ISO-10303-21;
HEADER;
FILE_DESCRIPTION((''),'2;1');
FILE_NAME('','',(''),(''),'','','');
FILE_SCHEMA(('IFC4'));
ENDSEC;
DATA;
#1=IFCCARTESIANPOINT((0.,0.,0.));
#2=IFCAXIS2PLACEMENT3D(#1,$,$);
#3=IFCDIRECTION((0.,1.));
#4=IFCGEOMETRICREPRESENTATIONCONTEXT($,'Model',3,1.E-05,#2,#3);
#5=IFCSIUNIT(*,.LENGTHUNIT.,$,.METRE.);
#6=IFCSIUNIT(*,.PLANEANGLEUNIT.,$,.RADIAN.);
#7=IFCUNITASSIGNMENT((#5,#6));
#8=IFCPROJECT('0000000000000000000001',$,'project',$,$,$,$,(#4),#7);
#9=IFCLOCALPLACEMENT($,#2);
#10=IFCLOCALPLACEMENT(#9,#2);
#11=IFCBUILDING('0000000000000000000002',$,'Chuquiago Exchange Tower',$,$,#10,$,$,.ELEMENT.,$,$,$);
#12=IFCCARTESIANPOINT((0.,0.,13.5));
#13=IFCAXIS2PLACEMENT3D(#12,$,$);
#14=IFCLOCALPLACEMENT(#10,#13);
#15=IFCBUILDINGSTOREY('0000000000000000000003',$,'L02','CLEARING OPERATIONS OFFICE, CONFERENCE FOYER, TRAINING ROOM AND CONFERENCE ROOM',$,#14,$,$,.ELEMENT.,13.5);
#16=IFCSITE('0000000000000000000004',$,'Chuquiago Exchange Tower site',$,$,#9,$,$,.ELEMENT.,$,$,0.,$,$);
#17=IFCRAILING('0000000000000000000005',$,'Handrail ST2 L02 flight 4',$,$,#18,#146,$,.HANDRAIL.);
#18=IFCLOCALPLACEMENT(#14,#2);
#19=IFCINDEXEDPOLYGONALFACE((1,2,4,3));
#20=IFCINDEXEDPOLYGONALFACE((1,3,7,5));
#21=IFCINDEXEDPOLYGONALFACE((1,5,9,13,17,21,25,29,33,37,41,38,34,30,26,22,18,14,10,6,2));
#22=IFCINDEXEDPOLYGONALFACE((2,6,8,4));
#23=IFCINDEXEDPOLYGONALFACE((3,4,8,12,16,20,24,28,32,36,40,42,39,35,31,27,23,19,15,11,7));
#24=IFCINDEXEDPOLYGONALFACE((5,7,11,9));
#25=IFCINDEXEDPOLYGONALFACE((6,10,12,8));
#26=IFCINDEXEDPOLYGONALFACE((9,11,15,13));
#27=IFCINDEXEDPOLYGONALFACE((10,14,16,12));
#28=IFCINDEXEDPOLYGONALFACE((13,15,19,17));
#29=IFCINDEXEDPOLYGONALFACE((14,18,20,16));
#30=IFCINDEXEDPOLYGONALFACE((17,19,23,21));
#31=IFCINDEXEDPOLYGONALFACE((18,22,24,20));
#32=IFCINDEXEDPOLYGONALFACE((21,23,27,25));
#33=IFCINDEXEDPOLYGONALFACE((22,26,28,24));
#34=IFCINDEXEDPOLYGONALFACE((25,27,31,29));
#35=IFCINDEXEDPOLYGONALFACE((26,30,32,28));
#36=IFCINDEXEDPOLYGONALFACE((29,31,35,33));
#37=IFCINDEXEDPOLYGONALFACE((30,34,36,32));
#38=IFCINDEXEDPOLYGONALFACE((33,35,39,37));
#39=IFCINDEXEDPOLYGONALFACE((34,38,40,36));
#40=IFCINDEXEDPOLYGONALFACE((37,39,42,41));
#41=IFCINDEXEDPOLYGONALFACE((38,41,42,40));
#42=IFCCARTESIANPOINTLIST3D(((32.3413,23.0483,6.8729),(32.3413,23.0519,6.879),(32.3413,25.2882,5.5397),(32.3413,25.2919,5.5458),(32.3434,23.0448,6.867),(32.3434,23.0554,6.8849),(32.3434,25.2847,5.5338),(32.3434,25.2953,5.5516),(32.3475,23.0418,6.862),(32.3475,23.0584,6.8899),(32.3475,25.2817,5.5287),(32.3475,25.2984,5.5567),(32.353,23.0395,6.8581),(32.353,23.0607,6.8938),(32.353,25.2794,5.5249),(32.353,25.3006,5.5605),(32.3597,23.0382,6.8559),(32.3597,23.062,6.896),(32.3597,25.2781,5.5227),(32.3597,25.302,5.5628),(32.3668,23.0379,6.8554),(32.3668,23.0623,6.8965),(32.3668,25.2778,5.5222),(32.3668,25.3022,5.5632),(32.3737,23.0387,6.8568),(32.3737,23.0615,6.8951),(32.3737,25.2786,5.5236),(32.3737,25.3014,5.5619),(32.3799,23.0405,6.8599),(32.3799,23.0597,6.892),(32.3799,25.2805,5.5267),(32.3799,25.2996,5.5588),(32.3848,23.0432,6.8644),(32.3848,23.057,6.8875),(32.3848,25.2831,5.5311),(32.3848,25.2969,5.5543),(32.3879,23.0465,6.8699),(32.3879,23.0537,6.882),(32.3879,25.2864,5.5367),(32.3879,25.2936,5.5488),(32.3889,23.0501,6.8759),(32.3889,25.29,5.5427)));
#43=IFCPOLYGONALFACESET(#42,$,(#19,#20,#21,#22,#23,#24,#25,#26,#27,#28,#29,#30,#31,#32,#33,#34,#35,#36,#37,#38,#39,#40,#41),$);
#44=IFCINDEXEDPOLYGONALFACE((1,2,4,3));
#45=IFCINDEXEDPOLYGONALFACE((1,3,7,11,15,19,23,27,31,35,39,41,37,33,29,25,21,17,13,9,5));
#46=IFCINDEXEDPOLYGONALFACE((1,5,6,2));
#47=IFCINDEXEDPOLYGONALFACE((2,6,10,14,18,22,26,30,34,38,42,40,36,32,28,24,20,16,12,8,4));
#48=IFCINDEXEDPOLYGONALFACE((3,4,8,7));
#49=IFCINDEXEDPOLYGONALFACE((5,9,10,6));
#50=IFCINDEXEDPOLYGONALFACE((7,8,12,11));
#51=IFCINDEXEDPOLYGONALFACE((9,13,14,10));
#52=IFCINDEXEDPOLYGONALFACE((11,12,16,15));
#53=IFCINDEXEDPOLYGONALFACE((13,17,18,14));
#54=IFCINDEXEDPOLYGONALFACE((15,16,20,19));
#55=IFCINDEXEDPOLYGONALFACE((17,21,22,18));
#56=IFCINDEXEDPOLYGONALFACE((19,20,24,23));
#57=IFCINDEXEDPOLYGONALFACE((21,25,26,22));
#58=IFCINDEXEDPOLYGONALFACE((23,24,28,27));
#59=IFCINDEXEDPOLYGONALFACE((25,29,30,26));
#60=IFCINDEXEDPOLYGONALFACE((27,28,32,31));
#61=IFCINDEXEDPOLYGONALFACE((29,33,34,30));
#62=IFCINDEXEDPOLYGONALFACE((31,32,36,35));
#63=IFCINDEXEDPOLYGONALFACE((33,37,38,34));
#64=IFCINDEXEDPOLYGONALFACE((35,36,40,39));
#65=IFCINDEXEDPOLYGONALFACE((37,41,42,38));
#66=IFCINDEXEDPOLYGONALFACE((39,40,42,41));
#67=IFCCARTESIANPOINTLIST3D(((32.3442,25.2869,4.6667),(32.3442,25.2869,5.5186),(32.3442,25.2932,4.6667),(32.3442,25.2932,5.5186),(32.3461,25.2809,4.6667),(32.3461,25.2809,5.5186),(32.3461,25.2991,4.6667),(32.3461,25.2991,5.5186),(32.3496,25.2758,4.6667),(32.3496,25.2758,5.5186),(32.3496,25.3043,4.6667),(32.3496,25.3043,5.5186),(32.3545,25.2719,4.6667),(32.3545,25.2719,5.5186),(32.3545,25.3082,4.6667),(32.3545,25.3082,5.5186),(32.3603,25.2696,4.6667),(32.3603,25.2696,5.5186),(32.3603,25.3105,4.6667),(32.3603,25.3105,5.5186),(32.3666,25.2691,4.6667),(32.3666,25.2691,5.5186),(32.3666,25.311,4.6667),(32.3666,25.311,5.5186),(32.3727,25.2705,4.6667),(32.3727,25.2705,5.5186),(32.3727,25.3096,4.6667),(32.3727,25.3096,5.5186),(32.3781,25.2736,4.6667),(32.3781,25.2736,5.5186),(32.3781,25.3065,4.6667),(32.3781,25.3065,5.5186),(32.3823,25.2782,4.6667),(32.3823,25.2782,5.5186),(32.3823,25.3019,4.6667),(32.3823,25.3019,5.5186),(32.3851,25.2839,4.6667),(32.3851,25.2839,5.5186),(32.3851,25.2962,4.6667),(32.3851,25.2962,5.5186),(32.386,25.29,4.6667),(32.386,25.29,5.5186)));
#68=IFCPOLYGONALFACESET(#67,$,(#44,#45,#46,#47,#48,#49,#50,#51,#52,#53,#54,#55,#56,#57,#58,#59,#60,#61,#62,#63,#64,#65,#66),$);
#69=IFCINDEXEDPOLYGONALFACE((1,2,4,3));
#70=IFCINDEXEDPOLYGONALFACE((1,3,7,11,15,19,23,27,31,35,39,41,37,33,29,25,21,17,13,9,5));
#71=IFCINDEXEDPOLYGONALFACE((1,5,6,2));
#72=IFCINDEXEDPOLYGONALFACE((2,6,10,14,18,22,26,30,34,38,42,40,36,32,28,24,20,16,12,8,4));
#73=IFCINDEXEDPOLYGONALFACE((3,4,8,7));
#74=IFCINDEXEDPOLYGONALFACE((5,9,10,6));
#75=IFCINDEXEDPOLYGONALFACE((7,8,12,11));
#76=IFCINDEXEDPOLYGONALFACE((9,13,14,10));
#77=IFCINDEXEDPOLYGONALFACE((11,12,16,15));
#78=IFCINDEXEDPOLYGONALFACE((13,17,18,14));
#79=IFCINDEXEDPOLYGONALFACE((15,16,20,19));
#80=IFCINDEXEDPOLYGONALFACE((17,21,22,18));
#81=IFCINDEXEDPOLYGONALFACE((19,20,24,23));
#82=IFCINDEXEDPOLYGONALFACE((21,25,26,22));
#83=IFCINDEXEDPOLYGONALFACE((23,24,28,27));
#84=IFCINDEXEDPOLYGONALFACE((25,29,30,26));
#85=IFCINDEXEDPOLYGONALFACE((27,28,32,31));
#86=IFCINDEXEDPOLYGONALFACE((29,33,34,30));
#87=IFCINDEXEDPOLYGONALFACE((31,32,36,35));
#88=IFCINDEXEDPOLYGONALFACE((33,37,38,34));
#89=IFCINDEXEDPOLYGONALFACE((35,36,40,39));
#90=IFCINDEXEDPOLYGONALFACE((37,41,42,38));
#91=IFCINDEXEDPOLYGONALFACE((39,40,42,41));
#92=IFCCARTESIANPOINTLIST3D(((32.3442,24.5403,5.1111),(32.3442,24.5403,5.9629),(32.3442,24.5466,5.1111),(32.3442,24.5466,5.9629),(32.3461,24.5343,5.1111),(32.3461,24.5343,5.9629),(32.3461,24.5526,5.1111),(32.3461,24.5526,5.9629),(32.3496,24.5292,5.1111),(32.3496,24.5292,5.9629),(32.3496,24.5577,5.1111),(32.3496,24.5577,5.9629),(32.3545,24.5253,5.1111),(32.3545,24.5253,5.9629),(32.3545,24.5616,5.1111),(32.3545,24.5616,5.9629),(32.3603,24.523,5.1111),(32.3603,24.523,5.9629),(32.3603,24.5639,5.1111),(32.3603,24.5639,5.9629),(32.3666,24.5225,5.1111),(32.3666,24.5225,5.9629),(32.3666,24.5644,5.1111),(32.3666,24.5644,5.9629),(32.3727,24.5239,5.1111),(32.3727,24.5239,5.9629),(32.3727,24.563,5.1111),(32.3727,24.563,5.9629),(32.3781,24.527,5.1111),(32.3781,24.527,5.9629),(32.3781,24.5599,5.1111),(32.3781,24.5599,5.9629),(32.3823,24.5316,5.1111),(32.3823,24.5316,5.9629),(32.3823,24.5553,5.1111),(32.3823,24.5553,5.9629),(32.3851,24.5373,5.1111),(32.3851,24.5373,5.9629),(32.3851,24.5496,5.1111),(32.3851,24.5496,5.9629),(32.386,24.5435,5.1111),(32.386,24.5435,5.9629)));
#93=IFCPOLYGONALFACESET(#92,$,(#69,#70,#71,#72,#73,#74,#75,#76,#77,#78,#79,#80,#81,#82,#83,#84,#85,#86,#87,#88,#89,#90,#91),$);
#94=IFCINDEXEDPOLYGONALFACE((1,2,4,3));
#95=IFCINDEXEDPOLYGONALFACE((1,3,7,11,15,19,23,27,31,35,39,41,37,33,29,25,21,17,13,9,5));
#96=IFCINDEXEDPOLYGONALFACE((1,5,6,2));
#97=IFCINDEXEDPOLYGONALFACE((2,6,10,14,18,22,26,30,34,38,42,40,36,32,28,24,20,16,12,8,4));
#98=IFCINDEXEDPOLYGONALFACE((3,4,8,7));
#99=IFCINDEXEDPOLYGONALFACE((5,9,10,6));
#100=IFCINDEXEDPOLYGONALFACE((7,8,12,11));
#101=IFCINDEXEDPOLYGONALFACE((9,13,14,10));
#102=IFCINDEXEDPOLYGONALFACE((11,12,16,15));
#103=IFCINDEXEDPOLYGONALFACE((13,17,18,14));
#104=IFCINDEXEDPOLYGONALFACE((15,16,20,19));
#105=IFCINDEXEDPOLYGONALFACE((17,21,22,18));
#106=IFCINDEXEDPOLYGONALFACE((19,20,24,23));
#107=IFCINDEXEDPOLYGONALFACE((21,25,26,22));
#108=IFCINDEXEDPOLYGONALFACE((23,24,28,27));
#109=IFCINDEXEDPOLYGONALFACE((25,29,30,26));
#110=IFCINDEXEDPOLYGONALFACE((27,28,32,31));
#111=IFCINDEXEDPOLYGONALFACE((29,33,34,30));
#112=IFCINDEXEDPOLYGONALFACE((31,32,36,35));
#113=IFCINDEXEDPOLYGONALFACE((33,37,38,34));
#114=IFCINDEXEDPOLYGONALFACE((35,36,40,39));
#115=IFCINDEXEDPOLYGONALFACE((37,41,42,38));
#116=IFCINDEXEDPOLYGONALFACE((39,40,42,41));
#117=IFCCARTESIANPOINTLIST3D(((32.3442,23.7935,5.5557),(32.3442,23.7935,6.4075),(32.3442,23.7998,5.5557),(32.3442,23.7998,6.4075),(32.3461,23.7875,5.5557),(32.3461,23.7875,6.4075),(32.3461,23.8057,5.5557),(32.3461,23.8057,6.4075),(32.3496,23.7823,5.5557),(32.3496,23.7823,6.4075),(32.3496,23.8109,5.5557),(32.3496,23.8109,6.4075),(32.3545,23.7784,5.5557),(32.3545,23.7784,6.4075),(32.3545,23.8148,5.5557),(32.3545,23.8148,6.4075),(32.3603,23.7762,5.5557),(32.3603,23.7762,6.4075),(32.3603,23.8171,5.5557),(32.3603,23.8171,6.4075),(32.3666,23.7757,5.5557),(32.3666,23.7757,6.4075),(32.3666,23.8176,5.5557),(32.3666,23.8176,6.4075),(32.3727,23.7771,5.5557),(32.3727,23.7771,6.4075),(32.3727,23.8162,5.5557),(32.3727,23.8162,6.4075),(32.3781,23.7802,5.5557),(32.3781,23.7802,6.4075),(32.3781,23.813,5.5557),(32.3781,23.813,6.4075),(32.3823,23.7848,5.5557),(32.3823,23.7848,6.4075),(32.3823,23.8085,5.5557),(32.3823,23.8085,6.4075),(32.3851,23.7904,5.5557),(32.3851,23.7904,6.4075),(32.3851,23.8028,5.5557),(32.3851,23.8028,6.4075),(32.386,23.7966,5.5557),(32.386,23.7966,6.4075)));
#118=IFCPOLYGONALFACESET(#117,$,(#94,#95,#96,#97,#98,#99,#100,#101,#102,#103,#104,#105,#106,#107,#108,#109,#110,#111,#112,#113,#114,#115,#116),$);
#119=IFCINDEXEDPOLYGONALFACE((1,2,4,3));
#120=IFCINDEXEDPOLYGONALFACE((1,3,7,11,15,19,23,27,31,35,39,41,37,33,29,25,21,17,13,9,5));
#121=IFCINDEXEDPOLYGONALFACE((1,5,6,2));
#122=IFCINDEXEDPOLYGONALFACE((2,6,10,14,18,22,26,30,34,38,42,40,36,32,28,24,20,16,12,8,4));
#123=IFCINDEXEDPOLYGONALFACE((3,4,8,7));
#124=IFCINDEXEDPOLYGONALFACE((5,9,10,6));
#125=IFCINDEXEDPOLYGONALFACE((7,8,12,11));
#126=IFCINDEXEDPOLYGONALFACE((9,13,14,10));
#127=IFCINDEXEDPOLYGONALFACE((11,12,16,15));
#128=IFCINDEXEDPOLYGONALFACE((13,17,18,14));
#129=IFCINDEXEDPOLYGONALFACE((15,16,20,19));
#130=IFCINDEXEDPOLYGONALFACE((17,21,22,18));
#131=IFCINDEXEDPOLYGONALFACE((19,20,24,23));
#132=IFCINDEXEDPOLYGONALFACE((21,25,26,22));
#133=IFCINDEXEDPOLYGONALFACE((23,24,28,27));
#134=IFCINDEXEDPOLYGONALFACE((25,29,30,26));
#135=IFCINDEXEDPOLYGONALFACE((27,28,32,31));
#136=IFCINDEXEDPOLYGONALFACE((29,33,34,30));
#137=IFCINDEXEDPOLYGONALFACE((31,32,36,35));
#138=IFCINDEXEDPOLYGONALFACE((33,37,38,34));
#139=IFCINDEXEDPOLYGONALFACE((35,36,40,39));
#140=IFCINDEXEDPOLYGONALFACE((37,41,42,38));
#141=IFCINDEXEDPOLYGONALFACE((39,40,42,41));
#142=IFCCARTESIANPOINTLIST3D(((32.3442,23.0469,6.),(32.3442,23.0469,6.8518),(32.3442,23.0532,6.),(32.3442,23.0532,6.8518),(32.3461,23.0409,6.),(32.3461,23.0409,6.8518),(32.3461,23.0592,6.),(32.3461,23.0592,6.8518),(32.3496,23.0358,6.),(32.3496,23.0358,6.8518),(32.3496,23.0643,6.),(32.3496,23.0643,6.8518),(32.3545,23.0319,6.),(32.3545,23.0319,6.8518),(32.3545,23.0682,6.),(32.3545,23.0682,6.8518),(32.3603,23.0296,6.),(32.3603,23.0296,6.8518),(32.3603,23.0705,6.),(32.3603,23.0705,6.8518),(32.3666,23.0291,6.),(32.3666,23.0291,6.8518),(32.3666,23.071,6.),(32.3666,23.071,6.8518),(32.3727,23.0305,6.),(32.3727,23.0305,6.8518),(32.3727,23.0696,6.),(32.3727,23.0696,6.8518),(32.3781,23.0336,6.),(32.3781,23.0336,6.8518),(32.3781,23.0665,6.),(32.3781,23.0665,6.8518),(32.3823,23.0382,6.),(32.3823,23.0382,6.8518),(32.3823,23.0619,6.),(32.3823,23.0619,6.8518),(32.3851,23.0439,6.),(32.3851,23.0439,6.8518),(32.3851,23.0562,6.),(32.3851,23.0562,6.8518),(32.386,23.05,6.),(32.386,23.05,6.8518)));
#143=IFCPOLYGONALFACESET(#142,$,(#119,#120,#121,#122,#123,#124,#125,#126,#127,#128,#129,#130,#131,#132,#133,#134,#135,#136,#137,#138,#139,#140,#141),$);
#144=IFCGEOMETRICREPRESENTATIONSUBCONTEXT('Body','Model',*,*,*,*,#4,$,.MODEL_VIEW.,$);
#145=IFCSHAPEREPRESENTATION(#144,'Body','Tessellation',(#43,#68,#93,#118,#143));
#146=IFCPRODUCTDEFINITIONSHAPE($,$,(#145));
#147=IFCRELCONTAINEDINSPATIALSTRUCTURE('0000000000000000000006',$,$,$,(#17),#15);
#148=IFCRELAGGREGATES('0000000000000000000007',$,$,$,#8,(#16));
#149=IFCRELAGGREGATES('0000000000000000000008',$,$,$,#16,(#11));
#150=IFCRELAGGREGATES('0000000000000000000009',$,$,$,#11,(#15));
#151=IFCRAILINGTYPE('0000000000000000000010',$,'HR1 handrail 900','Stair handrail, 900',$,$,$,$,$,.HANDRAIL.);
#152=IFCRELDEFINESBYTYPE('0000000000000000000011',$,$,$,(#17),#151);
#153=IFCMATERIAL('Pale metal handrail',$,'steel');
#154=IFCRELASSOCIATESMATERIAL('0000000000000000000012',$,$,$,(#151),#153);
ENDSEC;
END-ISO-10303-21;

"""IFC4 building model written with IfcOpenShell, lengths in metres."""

from ifc_helpers import new_model, si_unit, direction, frame, origin, origin_2d, place, context, subcontext, project, spatial, circle, extrude, material, type_object, element, save


model = new_model("IFC4")

# Units and contexts
model_context = context("Model", 3, precision=1e-05, world=origin(), true_north=direction((0.0, 1.0)))
body_context = subcontext(model_context, "Body", "Model", "MODEL_VIEW")
ifc_project = project(units=[si_unit("LENGTHUNIT", "METRE"), si_unit("PLANEANGLEUNIT", "RADIAN")], contexts=[model_context])

# Site, building, storey
site_placement = place(None, origin())
site = spatial("IfcSite", under=ifc_project, at=site_placement, Name="Chuquiago Exchange Tower site", CompositionType="ELEMENT", RefElevation=0.0)
building_placement = place(site_placement, origin())
building = spatial("IfcBuilding", under=site, at=building_placement, Name="Chuquiago Exchange Tower", CompositionType="ELEMENT")
storey_placement = place(building_placement, frame((0.0, 0.0, 13.5)))
storey = spatial("IfcBuildingStorey", under=building, at=storey_placement, Name="L02", Description="CLEARING OPERATIONS OFFICE, CONFERENCE FOYER, TRAINING ROOM AND CONFERENCE ROOM", CompositionType="ELEMENT", Elevation=13.5)

# Railing
ifc_material_1 = material(Name="Pale metal handrail", Category="steel")
railing_type_1 = type_object("IfcRailingType", Name="HR1 handrail 900", Description="Stair handrail, 900", PredefinedType="HANDRAIL", material=ifc_material_1)
for number, where, name in (
    (1, (32.365, 25.29, 4.6667), "Handrail ST2 L02 flight 4"),
):
    element("IfcRailing", number, at=place(storey_placement, frame(where)), inside=storey, type_object=railing_type_1, Name=name, PredefinedType="HANDRAIL", context=body_context, shape_type="SweptSolid", body=[
        extrude(circle(Radius=0.0239, at=origin_2d()), frame((0.0, 0.0, 0.876), z_axis=(0.0, -0.859306, 0.511462), x_axis=(1.0, 0.0, 0.0)), (0.0, 0.0, 1.0), 2.6067),
        extrude(circle(Radius=0.021, at=origin_2d()), origin(), (0.0, 0.0, 1.0), 0.8518),
        extrude(circle(Radius=0.021, at=origin_2d()), frame((0.0, -0.7466, 0.4443)), (0.0, 0.0, 1.0), 0.8518),
        extrude(circle(Radius=0.021, at=origin_2d()), frame((0.0, -1.4934, 0.8889)), (0.0, 0.0, 1.0), 0.8518),
        extrude(circle(Radius=0.021, at=origin_2d()), frame((0.0, -2.24, 1.3333)), (0.0, 0.0, 1.0), 0.8518),
    ])

save(model, "model.ifc")
